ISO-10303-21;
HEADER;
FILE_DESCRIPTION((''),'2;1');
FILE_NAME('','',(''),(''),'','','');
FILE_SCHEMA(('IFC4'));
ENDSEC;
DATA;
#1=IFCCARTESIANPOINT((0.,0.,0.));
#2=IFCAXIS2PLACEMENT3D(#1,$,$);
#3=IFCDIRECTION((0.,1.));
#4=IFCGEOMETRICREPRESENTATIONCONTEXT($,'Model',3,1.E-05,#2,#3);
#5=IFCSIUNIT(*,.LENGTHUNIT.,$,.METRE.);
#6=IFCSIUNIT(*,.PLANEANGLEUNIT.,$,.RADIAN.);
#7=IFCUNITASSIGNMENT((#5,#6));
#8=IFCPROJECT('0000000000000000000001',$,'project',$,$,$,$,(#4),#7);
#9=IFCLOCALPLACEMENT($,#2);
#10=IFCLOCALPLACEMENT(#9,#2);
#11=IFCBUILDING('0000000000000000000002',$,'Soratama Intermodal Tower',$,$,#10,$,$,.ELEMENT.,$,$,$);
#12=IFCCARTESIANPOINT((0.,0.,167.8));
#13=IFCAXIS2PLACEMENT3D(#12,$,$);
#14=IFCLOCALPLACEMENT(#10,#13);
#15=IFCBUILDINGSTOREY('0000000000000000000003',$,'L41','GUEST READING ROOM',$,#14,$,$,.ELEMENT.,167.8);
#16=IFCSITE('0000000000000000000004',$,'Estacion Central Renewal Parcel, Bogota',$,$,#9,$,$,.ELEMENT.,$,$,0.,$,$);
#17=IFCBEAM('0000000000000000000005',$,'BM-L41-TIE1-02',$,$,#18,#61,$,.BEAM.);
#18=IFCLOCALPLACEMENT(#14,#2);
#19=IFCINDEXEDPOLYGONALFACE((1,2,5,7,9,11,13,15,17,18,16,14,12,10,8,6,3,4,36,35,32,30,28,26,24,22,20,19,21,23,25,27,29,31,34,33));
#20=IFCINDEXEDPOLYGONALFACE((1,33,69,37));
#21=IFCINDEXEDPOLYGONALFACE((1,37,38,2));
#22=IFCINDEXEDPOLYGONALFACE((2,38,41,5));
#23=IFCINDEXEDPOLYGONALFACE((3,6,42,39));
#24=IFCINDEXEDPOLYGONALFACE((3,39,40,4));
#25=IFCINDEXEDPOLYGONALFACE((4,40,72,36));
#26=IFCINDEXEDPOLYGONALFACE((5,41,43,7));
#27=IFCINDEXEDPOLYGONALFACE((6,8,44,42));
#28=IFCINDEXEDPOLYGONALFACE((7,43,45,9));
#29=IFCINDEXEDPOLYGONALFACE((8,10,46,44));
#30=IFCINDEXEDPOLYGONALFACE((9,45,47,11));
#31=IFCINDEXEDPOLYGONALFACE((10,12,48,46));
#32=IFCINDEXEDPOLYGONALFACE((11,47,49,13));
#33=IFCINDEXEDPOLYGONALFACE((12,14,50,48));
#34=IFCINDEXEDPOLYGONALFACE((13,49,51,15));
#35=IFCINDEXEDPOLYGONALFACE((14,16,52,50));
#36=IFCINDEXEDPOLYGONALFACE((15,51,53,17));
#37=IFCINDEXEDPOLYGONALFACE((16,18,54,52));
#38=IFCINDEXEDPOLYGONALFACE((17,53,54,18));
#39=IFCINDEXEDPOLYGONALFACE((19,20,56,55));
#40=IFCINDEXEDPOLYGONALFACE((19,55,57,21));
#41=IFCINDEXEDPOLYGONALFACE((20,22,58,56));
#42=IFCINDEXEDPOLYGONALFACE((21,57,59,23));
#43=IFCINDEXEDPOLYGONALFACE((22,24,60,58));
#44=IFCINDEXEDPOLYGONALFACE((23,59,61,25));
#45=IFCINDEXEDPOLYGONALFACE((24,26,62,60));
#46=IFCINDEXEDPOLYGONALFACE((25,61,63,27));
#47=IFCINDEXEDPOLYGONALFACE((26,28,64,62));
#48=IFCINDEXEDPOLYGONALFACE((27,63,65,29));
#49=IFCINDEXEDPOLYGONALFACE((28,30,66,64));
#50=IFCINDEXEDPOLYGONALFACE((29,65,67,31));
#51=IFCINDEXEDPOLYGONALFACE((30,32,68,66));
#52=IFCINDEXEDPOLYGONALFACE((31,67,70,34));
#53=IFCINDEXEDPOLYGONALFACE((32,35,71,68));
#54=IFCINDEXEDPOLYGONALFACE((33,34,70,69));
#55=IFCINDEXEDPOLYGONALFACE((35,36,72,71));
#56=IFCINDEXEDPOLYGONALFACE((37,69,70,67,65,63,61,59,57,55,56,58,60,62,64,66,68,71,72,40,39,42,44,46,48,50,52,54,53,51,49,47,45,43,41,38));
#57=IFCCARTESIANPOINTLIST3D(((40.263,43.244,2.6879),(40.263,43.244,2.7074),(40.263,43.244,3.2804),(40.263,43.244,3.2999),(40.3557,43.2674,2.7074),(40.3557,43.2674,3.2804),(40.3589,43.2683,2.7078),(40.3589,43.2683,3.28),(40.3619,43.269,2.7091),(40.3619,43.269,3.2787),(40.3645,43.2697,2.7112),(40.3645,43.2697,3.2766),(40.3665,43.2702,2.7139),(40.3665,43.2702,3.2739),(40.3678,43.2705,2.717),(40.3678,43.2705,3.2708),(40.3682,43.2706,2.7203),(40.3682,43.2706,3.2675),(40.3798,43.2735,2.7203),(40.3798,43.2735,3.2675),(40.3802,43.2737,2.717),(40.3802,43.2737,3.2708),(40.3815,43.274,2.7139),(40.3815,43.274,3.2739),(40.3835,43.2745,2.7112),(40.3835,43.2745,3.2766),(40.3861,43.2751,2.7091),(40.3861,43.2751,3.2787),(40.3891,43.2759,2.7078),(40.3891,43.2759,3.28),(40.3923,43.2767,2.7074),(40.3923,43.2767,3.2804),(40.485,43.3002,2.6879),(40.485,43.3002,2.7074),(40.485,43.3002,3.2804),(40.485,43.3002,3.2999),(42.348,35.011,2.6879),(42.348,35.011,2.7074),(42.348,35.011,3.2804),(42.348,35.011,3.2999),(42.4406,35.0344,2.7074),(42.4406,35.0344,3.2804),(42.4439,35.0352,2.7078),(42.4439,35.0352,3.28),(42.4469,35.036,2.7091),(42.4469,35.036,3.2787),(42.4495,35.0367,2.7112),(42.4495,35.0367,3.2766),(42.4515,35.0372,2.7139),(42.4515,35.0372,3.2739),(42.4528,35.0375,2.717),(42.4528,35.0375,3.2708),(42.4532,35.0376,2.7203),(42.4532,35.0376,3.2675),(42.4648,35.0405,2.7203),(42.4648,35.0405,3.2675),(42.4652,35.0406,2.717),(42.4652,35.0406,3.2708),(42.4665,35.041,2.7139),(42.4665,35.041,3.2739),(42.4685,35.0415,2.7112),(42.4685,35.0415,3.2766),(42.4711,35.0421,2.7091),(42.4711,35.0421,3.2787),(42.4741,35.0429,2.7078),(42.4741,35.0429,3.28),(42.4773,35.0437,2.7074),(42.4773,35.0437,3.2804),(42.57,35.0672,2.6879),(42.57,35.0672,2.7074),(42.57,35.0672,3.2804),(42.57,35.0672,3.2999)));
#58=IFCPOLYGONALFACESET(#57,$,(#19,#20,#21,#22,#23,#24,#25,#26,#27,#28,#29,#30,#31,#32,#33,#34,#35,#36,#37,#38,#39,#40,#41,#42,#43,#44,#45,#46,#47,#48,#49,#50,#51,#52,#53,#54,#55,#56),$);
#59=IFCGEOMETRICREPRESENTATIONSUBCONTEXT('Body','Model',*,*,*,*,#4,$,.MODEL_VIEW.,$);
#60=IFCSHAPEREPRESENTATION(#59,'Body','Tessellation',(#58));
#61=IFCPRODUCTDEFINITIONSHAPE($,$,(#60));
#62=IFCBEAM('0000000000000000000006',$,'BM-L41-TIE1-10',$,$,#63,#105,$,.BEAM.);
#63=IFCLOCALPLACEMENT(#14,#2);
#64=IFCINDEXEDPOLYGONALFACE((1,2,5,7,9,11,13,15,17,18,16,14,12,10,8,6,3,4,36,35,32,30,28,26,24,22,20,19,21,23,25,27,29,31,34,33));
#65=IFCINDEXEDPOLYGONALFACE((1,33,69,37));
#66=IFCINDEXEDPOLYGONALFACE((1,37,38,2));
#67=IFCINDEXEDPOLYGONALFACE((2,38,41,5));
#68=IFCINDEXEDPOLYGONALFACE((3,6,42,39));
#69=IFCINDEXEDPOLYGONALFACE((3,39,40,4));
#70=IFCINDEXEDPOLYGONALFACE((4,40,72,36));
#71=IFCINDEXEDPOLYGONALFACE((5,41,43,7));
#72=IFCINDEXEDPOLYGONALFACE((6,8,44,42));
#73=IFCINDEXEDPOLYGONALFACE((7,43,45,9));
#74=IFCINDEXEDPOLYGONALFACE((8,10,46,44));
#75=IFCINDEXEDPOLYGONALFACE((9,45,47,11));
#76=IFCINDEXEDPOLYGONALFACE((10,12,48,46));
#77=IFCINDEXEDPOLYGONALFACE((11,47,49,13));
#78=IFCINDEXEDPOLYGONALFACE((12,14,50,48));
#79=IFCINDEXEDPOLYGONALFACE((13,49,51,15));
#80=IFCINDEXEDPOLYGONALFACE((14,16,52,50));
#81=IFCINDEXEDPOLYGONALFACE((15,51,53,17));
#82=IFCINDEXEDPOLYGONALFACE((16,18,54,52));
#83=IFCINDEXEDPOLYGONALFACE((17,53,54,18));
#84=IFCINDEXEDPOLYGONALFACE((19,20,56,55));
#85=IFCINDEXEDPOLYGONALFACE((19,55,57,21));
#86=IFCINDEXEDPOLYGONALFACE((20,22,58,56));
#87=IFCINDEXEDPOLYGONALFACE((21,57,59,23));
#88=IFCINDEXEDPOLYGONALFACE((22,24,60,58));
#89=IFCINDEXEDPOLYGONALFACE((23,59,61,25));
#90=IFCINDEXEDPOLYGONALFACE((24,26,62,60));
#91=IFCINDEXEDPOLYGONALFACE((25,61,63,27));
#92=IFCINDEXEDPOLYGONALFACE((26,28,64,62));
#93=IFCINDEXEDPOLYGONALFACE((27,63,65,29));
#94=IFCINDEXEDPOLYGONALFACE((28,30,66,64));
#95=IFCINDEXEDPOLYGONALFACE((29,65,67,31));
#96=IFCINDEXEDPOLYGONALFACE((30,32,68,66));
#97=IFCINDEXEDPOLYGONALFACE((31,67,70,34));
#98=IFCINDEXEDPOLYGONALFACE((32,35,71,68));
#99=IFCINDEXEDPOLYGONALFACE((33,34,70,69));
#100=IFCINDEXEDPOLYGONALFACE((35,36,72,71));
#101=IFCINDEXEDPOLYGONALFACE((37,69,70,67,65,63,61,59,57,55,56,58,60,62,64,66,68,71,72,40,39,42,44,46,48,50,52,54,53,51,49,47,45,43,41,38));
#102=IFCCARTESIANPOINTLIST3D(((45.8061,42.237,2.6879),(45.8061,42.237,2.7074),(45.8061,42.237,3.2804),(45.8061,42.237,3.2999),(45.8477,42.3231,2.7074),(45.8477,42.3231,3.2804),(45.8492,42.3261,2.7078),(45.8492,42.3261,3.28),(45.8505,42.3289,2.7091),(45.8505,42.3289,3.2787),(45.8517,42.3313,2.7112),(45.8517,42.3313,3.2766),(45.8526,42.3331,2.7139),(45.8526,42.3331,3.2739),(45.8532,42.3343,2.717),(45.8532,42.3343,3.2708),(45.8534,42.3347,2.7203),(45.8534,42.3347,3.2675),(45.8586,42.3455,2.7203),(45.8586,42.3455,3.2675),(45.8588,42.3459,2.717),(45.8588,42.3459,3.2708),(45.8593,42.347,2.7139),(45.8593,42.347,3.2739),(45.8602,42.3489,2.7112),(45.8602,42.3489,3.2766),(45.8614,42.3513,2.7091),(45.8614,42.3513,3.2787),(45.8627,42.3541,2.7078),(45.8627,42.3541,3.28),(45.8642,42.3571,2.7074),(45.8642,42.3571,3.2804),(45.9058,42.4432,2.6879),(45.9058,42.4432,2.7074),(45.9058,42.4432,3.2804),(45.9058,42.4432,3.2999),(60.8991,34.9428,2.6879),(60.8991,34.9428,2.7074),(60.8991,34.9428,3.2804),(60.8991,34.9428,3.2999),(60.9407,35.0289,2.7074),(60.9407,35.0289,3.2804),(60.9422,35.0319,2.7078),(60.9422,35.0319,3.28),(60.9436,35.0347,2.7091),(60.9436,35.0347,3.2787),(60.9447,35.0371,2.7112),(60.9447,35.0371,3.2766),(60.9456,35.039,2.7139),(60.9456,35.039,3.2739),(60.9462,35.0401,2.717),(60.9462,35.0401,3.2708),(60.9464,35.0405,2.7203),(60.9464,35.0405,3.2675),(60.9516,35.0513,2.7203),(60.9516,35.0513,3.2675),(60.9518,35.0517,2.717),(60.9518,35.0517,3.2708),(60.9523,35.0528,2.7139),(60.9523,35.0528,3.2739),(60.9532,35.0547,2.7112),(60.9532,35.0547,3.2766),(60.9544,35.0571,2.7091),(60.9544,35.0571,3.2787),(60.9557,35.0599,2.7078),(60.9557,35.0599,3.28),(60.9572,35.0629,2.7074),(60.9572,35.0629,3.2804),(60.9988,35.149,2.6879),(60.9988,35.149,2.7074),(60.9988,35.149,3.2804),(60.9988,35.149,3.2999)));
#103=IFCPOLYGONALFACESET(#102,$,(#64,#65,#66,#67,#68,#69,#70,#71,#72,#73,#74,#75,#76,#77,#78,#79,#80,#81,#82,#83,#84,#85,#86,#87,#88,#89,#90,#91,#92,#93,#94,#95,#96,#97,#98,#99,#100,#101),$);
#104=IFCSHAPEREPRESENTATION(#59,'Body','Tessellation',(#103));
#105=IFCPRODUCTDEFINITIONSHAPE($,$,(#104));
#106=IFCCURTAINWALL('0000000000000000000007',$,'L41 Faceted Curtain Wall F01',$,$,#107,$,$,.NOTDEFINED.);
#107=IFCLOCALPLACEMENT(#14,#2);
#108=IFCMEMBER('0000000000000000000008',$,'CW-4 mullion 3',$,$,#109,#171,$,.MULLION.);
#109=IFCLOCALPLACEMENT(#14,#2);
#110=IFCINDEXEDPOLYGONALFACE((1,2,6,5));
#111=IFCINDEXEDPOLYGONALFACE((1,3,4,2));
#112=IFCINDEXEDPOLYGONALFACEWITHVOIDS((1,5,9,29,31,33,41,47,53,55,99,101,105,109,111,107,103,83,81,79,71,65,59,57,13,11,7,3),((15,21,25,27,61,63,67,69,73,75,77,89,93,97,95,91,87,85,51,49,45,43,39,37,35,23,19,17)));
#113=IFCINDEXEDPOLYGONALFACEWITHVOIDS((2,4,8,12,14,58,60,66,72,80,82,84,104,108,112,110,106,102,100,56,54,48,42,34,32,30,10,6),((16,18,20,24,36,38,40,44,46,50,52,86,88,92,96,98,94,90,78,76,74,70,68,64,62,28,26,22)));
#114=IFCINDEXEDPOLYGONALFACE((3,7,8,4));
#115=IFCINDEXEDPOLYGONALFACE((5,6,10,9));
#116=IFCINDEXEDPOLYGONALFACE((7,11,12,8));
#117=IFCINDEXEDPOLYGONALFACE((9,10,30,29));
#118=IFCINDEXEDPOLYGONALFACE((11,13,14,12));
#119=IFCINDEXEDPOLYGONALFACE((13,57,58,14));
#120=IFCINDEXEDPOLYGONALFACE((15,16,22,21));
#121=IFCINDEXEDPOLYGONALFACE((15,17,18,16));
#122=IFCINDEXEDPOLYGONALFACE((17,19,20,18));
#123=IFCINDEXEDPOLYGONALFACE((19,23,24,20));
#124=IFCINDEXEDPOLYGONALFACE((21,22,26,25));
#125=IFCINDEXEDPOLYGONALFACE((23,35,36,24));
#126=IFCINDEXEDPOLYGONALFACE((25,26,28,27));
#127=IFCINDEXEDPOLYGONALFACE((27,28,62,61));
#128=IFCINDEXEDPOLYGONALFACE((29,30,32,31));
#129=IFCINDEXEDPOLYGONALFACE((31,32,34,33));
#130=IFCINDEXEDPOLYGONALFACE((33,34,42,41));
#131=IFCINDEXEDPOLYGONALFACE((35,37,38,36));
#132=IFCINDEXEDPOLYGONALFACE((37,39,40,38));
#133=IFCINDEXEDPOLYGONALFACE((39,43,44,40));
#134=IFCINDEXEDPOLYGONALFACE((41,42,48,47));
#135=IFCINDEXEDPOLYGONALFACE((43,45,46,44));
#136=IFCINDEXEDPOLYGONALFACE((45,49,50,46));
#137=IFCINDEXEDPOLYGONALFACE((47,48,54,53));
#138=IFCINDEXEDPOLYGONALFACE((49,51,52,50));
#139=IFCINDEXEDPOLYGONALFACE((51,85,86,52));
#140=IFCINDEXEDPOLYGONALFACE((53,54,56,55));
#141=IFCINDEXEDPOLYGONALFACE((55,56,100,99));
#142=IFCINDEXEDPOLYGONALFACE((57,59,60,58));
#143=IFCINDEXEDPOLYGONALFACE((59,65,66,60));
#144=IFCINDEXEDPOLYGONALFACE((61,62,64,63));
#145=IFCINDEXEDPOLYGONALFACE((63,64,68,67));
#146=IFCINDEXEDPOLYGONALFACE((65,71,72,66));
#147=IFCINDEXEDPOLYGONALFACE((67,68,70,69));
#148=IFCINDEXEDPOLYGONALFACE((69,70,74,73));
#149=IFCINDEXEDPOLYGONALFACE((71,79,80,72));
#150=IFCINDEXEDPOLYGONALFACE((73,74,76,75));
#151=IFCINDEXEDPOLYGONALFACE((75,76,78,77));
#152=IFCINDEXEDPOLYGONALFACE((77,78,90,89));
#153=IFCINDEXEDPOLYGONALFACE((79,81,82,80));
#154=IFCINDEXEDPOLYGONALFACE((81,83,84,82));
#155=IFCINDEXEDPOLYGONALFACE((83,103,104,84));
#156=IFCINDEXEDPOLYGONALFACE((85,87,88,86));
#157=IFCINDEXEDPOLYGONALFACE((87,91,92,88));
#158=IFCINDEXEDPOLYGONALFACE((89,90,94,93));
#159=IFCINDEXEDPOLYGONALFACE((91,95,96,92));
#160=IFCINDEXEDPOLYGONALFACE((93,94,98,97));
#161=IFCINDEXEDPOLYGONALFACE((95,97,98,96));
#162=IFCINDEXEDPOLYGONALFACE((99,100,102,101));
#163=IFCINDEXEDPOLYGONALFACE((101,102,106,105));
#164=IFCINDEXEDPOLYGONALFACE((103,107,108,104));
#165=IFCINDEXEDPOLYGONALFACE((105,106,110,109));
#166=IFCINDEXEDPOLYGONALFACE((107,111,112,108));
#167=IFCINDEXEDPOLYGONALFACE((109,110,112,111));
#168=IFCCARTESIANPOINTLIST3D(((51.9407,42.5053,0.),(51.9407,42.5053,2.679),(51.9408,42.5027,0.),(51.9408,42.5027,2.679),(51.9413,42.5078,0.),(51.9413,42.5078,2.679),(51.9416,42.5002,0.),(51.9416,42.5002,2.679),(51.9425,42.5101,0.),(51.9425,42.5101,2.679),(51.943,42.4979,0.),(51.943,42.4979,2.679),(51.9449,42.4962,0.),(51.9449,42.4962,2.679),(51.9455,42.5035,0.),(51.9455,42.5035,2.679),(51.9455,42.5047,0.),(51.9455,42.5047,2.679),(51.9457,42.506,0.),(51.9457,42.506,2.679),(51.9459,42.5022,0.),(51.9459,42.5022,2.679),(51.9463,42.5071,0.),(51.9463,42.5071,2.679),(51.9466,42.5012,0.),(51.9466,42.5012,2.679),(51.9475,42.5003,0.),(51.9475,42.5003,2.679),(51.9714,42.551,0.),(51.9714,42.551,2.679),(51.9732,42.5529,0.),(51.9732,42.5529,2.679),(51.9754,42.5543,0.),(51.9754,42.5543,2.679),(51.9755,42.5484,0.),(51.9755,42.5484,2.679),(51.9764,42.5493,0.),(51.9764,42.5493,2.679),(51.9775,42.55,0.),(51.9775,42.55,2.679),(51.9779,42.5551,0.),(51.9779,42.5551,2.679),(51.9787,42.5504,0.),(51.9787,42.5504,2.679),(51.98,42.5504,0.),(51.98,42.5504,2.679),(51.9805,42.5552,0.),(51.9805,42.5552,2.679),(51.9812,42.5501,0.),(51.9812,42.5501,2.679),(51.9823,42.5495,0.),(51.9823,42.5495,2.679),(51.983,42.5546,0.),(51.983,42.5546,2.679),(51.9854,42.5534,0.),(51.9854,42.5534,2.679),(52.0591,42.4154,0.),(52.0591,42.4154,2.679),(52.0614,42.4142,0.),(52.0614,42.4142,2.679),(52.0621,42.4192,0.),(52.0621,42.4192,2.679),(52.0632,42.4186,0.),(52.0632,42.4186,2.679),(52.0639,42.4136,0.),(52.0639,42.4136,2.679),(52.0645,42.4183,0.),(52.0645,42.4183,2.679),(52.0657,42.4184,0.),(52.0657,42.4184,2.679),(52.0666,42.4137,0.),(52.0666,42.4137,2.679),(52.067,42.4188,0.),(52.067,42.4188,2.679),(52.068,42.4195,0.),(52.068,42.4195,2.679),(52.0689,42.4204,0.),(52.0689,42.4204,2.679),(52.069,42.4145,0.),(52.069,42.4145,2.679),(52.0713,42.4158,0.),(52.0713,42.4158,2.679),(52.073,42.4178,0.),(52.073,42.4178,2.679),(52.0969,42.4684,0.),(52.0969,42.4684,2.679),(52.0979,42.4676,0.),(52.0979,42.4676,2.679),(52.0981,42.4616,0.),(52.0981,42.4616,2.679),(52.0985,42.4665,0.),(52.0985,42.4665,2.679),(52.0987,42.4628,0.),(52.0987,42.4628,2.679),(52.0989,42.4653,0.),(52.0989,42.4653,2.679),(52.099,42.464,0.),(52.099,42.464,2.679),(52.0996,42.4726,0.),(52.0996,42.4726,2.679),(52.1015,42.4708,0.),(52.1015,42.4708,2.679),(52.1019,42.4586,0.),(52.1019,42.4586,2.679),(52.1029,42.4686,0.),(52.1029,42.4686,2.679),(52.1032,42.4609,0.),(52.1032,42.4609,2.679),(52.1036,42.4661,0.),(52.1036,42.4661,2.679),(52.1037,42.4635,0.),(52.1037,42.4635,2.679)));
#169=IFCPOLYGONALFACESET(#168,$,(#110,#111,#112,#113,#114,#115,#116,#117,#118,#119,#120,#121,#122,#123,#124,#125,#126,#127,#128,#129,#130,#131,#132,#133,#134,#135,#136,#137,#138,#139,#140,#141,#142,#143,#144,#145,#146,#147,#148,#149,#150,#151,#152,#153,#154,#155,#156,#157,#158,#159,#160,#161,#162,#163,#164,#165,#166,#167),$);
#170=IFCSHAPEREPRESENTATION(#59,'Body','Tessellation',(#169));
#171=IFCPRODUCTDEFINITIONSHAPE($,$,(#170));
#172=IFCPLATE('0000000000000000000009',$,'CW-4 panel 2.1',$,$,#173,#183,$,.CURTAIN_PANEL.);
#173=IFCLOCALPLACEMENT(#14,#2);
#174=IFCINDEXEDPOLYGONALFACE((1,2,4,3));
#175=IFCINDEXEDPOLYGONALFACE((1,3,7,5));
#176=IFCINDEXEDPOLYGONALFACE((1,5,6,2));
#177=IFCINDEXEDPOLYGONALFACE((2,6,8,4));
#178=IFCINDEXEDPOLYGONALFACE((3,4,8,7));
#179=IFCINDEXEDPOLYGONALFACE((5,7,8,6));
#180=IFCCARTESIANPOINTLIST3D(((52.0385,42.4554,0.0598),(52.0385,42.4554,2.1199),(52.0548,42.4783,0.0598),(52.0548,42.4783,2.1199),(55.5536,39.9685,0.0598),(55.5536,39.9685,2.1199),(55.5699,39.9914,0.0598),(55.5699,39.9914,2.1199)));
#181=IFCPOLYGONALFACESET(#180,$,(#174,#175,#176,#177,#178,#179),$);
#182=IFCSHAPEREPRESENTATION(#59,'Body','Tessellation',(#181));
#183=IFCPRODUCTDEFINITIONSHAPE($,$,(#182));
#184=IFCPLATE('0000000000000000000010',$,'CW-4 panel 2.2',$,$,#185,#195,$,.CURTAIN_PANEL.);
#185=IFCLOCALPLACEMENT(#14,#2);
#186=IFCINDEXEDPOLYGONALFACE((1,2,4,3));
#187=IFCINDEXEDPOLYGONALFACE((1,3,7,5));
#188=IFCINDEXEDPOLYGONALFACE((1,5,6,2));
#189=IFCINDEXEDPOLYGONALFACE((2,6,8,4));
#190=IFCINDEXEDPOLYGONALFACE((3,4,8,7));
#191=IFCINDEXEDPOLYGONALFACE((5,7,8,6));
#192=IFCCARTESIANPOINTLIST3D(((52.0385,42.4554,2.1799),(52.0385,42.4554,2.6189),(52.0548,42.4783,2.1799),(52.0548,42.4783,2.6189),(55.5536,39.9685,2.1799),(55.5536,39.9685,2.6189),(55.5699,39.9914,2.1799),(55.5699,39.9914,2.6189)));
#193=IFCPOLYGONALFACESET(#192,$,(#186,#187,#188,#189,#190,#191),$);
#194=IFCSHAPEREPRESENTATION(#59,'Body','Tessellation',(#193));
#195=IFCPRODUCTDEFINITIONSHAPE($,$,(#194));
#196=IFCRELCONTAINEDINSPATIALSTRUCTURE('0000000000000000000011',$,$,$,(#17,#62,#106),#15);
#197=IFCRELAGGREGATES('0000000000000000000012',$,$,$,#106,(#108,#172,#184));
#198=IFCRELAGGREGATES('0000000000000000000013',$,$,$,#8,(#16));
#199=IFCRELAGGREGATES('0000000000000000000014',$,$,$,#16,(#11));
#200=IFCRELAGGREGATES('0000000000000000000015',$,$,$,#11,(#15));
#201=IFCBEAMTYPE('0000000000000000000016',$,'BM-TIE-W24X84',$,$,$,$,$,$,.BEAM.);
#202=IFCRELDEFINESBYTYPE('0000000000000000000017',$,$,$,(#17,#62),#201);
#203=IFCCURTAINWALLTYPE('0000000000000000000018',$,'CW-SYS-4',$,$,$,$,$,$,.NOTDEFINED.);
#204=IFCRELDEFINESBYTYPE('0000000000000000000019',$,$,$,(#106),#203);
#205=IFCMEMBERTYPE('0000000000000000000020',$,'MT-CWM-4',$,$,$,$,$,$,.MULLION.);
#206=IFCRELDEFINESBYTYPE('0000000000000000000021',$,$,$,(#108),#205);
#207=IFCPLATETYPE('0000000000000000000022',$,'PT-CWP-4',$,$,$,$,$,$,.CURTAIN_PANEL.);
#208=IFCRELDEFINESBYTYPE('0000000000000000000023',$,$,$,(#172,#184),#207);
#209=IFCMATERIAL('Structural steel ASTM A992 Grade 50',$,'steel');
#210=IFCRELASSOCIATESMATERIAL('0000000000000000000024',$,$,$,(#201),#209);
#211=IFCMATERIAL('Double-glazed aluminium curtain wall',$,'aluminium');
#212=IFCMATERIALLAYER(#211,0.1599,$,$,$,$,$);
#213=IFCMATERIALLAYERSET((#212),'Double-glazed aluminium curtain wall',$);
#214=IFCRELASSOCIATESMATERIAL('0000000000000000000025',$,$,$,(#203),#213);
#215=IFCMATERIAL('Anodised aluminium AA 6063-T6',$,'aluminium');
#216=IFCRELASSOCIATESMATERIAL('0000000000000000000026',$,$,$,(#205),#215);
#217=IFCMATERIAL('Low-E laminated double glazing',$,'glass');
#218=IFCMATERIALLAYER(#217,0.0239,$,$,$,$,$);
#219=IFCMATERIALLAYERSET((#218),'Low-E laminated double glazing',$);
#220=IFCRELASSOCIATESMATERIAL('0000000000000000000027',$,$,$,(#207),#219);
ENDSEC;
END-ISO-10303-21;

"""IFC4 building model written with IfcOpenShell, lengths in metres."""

from ifc_helpers import new_model, si_unit, direction, frame, origin, origin_2d, place, context, subcontext, project, spatial, rectangle, hollow_rectangle, i_section, extrude, material, layer, layer_set, material_profile, profile_set, type_object, element, aggregate, save


model = new_model("IFC4")

# Units and contexts
model_context = context("Model", 3, precision=1e-05, world=origin(), true_north=direction((0.0, 1.0)))
body_context = subcontext(model_context, "Body", "Model", "MODEL_VIEW")
ifc_project = project(units=[si_unit("LENGTHUNIT", "METRE"), si_unit("PLANEANGLEUNIT", "RADIAN")], contexts=[model_context])

# Site, building, storey
site_placement = place(None, origin())
site = spatial("IfcSite", under=ifc_project, at=site_placement, Name="Estacion Central Renewal Parcel, Bogota", CompositionType="ELEMENT", RefElevation=0.0)
building_placement = place(site_placement, origin())
building = spatial("IfcBuilding", under=site, at=building_placement, Name="Soratama Intermodal Tower", CompositionType="ELEMENT")
storey_placement = place(building_placement, frame((0.0, 0.0, 167.8)))
storey = spatial("IfcBuildingStorey", under=building, at=storey_placement, Name="L41", Description="GUEST READING ROOM", CompositionType="ELEMENT", Elevation=167.8)

# Beams
ifc_material_1 = material(Name="Structural steel ASTM A992 Grade 50", Category="steel")
ifc_material_profile_1 = material_profile(ifc_material_1, i_section(OverallWidth=0.229, OverallDepth=0.6121, WebThickness=0.012, FlangeThickness=0.0195, FilletRadius=0.0129, at=origin_2d()), Name="W24X84")
ifc_profile_set_1 = profile_set([ifc_material_profile_1], Name="Structural steel ASTM A992 Grade 50")
beam_type_1 = type_object("IfcBeamType", Name="BM-TIE-W24X84", PredefinedType="BEAM", material=ifc_profile_set_1)
beam_1_placement = place(storey_placement, frame((42.459, 35.0391, 2.9939), z_axis=(-0.245497, 0.969397, 0.0), x_axis=(-0.969397, -0.245497, 0.0)))
element("IfcBeam", 1, at=beam_1_placement, inside=storey, type_object=beam_type_1, Name="BM-L41-TIE1-02", PredefinedType="BEAM", context=body_context, shape_type="SweptSolid", body=[
    extrude(i_section(OverallWidth=0.229, OverallDepth=0.6121, WebThickness=0.012, FlangeThickness=0.0195, FilletRadius=0.0129, at=origin_2d()), origin(), (0.0, 0.0, 1.0), 8.4929),
])
beam_2_placement = place(storey_placement, frame((45.856, 42.3401, 2.9939), z_axis=(0.900367, -0.435131, 0.0), x_axis=(0.435131, 0.900367, 0.0)))
element("IfcBeam", 2, at=beam_2_placement, inside=storey, type_object=beam_type_1, Name="BM-L41-TIE1-10", PredefinedType="BEAM", context=body_context, shape_type="SweptSolid", body=[
    extrude(i_section(OverallWidth=0.229, OverallDepth=0.6121, WebThickness=0.012, FlangeThickness=0.0195, FilletRadius=0.0129, at=origin_2d()), origin(), (0.0, 0.0, 1.0), 16.7632),
])

# Curtain wall, member, plates
ifc_material_2 = material(Name="Double-glazed aluminium curtain wall", Category="aluminium")
ifc_layer_1 = layer(ifc_material_2, 0.1599)
ifc_layer_set_1 = layer_set([ifc_layer_1], Name="Double-glazed aluminium curtain wall")
curtain_wall_type = type_object("IfcCurtainWallType", Name="CW-SYS-4", PredefinedType="NOTDEFINED", material=ifc_layer_set_1)
curtain_wall_placement = place(storey_placement, origin())
curtain_wall = element("IfcCurtainWall", 3, at=curtain_wall_placement, inside=storey, type_object=curtain_wall_type, Name="L41 Faceted Curtain Wall F01", PredefinedType="NOTDEFINED")
ifc_material_3 = material(Name="Anodised aluminium AA 6063-T6", Category="aluminium")
ifc_material_profile_2 = material_profile(ifc_material_3, hollow_rectangle(XDim=0.0701, YDim=0.1599, WallThickness=0.0049, InnerFilletRadius=0.0049, OuterFilletRadius=0.01, at=origin_2d()), Name="CWM160X70X5")
ifc_profile_set_2 = profile_set([ifc_material_profile_2], Name="Anodised aluminium AA 6063-T6")
member_type = type_object("IfcMemberType", Name="MT-CWM-4", PredefinedType="MULLION", material=ifc_profile_set_2)
member_placement = place(storey_placement, frame((52.0222, 42.4844, 0.0), z_axis=(0.0, 0.0, 1.0), x_axis=(-0.577564, -0.816345, 0.0)))
member = element("IfcMember", 4, at=member_placement, type_object=member_type, Name="CW-4 mullion 3", PredefinedType="MULLION", context=body_context, shape_type="SweptSolid", body=[
    extrude(hollow_rectangle(XDim=0.0701, YDim=0.1599, WallThickness=0.0049, InnerFilletRadius=0.0049, OuterFilletRadius=0.01, at=origin_2d()), origin(), (0.0, 0.0, 1.0), 2.679),
])
ifc_material_4 = material(Name="Low-E laminated double glazing", Category="glass")
ifc_layer_2 = layer(ifc_material_4, 0.0239)
ifc_layer_set_2 = layer_set([ifc_layer_2], Name="Low-E laminated double glazing")
plate_type = type_object("IfcPlateType", Name="PT-CWP-4", PredefinedType="CURTAIN_PANEL", material=ifc_layer_set_2)
plate_1_placement = place(storey_placement, frame((53.8042, 41.2234, 0.0598), z_axis=(0.0, 0.0, 1.0), x_axis=(-0.816345, 0.577564, 0.0)))
plate_1 = element("IfcPlate", 5, at=plate_1_placement, type_object=plate_type, Name="CW-4 panel 2.1", PredefinedType="CURTAIN_PANEL", context=body_context, shape_type="SweptSolid", body=[
    extrude(rectangle(XDim=4.3059, YDim=0.0281, at=origin_2d()), origin(), (0.0, 0.0, 1.0), 2.0601),
])
plate_2_placement = place(storey_placement, frame((53.8042, 41.2234, 2.1799), z_axis=(0.0, 0.0, 1.0), x_axis=(-0.816345, 0.577564, 0.0)))
plate_2 = element("IfcPlate", 6, at=plate_2_placement, type_object=plate_type, Name="CW-4 panel 2.2", PredefinedType="CURTAIN_PANEL", context=body_context, shape_type="SweptSolid", body=[
    extrude(rectangle(XDim=4.3059, YDim=0.0281, at=origin_2d()), origin(), (0.0, 0.0, 1.0), 0.439),
])
aggregate(curtain_wall, [member, plate_1, plate_2])

save(model, "model.ifc")
